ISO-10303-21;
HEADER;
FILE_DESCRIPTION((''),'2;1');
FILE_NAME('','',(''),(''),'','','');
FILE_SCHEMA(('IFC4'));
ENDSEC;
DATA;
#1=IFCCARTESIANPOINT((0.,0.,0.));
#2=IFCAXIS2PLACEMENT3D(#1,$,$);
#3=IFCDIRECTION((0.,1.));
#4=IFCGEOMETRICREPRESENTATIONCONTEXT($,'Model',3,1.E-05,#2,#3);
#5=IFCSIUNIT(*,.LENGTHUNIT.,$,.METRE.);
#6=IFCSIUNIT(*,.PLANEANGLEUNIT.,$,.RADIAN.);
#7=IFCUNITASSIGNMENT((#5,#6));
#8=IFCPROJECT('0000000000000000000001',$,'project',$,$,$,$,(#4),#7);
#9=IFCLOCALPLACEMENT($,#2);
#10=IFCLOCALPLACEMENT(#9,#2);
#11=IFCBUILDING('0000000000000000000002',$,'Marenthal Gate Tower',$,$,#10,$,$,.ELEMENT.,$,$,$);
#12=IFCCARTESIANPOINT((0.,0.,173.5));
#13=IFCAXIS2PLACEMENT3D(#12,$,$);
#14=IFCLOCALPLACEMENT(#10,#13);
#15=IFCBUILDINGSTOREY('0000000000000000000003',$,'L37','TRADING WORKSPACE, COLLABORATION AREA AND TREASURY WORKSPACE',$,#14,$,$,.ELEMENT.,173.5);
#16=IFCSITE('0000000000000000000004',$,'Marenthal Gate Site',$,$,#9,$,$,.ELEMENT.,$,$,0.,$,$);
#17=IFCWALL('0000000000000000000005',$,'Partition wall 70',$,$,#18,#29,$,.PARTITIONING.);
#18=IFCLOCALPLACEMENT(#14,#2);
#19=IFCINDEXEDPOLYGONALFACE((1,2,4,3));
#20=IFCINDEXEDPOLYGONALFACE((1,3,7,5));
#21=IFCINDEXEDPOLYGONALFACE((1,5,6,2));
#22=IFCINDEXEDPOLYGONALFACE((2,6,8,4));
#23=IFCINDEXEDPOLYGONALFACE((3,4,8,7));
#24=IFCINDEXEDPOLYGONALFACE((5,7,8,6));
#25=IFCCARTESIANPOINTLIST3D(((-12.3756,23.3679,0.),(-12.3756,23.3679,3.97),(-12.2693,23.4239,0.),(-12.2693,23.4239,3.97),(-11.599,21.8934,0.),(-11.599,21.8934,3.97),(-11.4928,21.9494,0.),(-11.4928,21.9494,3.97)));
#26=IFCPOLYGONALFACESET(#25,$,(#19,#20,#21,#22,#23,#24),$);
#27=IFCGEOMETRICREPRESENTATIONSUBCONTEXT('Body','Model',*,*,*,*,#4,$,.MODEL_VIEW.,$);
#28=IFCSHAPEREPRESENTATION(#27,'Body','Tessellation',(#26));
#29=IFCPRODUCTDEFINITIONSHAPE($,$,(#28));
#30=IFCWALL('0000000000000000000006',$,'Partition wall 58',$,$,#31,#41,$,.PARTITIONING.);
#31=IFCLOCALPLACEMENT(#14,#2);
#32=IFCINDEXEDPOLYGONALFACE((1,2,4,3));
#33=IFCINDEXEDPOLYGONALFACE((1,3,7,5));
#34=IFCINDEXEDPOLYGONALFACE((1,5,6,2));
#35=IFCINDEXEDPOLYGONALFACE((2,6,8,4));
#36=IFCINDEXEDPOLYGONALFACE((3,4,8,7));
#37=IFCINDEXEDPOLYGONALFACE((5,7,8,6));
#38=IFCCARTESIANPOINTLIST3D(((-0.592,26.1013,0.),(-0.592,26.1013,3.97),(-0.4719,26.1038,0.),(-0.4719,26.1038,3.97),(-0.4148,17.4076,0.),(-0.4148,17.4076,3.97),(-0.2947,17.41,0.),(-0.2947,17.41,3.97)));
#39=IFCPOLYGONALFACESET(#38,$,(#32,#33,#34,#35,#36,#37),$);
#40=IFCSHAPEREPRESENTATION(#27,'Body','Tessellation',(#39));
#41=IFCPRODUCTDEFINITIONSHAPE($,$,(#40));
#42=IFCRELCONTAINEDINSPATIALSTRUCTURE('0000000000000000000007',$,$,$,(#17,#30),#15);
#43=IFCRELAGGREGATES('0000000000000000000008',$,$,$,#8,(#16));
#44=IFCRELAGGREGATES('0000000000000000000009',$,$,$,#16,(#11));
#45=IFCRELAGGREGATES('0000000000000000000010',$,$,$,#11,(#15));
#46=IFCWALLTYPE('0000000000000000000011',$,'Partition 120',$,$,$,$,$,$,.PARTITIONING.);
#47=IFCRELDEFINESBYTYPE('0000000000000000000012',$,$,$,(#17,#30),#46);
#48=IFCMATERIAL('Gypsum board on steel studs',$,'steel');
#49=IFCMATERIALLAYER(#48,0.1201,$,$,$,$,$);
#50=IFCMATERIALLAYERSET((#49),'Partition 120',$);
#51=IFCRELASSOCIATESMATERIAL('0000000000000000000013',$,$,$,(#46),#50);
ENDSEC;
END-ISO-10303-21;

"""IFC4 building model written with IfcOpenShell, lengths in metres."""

from ifc_helpers import new_model, si_unit, direction, frame, frame_2d, origin, place, context, subcontext, project, spatial, rectangle, extrude, material, layer, layer_set, type_object, element, save


model = new_model("IFC4")

# Units and contexts
model_context = context("Model", 3, precision=1e-05, world=origin(), true_north=direction((0.0, 1.0)))
body_context = subcontext(model_context, "Body", "Model", "MODEL_VIEW")
ifc_project = project(units=[si_unit("LENGTHUNIT", "METRE"), si_unit("PLANEANGLEUNIT", "RADIAN")], contexts=[model_context])

# Site, building, storey
site_placement = place(None, origin())
site = spatial("IfcSite", under=ifc_project, at=site_placement, Name="Marenthal Gate Site", CompositionType="ELEMENT", RefElevation=0.0)
building_placement = place(site_placement, origin())
building = spatial("IfcBuilding", under=site, at=building_placement, Name="Marenthal Gate Tower", CompositionType="ELEMENT")
storey_placement = place(building_placement, frame((0.0, 0.0, 173.5)))
storey = spatial("IfcBuildingStorey", under=building, at=storey_placement, Name="L37", Description="TRADING WORKSPACE, COLLABORATION AREA AND TREASURY WORKSPACE", CompositionType="ELEMENT", Elevation=173.5)

# Walls
ifc_material_1 = material(Name="Gypsum board on steel studs", Category="steel")
ifc_layer_1 = layer(ifc_material_1, 0.1201)
ifc_layer_set_1 = layer_set([ifc_layer_1], Name="Partition 120")
wall_type = type_object("IfcWallType", Name="Partition 120", PredefinedType="PARTITIONING", material=ifc_layer_set_1)
wall_1_placement = place(storey_placement, frame((-11.5459, 21.9214, 0.0), z_axis=(0.0, 0.0, 1.0), x_axis=(-0.465982, 0.884794, 0.0)))
element("IfcWall", 1, at=wall_1_placement, inside=storey, type_object=wall_type, Name="Partition wall 70", PredefinedType="PARTITIONING", context=body_context, shape_type="SweptSolid", body=[
    extrude(rectangle(XDim=1.6665, YDim=0.1201, at=frame_2d((0.8333, 0.0))), origin(), (0.0, 0.0, 1.0), 3.97),
])
wall_2_placement = place(storey_placement, frame((-0.3547, 17.4089, 0.0), z_axis=(0.0, 0.0, 1.0), x_axis=(-0.020383, 0.999792, 0.0)))
element("IfcWall", 2, at=wall_2_placement, inside=storey, type_object=wall_type, Name="Partition wall 58", PredefinedType="PARTITIONING", context=body_context, shape_type="SweptSolid", body=[
    extrude(rectangle(XDim=8.6956, YDim=0.1201, at=frame_2d((4.3477, 0.0))), origin(), (0.0, 0.0, 1.0), 3.97),
])

save(model, "model.ifc")
